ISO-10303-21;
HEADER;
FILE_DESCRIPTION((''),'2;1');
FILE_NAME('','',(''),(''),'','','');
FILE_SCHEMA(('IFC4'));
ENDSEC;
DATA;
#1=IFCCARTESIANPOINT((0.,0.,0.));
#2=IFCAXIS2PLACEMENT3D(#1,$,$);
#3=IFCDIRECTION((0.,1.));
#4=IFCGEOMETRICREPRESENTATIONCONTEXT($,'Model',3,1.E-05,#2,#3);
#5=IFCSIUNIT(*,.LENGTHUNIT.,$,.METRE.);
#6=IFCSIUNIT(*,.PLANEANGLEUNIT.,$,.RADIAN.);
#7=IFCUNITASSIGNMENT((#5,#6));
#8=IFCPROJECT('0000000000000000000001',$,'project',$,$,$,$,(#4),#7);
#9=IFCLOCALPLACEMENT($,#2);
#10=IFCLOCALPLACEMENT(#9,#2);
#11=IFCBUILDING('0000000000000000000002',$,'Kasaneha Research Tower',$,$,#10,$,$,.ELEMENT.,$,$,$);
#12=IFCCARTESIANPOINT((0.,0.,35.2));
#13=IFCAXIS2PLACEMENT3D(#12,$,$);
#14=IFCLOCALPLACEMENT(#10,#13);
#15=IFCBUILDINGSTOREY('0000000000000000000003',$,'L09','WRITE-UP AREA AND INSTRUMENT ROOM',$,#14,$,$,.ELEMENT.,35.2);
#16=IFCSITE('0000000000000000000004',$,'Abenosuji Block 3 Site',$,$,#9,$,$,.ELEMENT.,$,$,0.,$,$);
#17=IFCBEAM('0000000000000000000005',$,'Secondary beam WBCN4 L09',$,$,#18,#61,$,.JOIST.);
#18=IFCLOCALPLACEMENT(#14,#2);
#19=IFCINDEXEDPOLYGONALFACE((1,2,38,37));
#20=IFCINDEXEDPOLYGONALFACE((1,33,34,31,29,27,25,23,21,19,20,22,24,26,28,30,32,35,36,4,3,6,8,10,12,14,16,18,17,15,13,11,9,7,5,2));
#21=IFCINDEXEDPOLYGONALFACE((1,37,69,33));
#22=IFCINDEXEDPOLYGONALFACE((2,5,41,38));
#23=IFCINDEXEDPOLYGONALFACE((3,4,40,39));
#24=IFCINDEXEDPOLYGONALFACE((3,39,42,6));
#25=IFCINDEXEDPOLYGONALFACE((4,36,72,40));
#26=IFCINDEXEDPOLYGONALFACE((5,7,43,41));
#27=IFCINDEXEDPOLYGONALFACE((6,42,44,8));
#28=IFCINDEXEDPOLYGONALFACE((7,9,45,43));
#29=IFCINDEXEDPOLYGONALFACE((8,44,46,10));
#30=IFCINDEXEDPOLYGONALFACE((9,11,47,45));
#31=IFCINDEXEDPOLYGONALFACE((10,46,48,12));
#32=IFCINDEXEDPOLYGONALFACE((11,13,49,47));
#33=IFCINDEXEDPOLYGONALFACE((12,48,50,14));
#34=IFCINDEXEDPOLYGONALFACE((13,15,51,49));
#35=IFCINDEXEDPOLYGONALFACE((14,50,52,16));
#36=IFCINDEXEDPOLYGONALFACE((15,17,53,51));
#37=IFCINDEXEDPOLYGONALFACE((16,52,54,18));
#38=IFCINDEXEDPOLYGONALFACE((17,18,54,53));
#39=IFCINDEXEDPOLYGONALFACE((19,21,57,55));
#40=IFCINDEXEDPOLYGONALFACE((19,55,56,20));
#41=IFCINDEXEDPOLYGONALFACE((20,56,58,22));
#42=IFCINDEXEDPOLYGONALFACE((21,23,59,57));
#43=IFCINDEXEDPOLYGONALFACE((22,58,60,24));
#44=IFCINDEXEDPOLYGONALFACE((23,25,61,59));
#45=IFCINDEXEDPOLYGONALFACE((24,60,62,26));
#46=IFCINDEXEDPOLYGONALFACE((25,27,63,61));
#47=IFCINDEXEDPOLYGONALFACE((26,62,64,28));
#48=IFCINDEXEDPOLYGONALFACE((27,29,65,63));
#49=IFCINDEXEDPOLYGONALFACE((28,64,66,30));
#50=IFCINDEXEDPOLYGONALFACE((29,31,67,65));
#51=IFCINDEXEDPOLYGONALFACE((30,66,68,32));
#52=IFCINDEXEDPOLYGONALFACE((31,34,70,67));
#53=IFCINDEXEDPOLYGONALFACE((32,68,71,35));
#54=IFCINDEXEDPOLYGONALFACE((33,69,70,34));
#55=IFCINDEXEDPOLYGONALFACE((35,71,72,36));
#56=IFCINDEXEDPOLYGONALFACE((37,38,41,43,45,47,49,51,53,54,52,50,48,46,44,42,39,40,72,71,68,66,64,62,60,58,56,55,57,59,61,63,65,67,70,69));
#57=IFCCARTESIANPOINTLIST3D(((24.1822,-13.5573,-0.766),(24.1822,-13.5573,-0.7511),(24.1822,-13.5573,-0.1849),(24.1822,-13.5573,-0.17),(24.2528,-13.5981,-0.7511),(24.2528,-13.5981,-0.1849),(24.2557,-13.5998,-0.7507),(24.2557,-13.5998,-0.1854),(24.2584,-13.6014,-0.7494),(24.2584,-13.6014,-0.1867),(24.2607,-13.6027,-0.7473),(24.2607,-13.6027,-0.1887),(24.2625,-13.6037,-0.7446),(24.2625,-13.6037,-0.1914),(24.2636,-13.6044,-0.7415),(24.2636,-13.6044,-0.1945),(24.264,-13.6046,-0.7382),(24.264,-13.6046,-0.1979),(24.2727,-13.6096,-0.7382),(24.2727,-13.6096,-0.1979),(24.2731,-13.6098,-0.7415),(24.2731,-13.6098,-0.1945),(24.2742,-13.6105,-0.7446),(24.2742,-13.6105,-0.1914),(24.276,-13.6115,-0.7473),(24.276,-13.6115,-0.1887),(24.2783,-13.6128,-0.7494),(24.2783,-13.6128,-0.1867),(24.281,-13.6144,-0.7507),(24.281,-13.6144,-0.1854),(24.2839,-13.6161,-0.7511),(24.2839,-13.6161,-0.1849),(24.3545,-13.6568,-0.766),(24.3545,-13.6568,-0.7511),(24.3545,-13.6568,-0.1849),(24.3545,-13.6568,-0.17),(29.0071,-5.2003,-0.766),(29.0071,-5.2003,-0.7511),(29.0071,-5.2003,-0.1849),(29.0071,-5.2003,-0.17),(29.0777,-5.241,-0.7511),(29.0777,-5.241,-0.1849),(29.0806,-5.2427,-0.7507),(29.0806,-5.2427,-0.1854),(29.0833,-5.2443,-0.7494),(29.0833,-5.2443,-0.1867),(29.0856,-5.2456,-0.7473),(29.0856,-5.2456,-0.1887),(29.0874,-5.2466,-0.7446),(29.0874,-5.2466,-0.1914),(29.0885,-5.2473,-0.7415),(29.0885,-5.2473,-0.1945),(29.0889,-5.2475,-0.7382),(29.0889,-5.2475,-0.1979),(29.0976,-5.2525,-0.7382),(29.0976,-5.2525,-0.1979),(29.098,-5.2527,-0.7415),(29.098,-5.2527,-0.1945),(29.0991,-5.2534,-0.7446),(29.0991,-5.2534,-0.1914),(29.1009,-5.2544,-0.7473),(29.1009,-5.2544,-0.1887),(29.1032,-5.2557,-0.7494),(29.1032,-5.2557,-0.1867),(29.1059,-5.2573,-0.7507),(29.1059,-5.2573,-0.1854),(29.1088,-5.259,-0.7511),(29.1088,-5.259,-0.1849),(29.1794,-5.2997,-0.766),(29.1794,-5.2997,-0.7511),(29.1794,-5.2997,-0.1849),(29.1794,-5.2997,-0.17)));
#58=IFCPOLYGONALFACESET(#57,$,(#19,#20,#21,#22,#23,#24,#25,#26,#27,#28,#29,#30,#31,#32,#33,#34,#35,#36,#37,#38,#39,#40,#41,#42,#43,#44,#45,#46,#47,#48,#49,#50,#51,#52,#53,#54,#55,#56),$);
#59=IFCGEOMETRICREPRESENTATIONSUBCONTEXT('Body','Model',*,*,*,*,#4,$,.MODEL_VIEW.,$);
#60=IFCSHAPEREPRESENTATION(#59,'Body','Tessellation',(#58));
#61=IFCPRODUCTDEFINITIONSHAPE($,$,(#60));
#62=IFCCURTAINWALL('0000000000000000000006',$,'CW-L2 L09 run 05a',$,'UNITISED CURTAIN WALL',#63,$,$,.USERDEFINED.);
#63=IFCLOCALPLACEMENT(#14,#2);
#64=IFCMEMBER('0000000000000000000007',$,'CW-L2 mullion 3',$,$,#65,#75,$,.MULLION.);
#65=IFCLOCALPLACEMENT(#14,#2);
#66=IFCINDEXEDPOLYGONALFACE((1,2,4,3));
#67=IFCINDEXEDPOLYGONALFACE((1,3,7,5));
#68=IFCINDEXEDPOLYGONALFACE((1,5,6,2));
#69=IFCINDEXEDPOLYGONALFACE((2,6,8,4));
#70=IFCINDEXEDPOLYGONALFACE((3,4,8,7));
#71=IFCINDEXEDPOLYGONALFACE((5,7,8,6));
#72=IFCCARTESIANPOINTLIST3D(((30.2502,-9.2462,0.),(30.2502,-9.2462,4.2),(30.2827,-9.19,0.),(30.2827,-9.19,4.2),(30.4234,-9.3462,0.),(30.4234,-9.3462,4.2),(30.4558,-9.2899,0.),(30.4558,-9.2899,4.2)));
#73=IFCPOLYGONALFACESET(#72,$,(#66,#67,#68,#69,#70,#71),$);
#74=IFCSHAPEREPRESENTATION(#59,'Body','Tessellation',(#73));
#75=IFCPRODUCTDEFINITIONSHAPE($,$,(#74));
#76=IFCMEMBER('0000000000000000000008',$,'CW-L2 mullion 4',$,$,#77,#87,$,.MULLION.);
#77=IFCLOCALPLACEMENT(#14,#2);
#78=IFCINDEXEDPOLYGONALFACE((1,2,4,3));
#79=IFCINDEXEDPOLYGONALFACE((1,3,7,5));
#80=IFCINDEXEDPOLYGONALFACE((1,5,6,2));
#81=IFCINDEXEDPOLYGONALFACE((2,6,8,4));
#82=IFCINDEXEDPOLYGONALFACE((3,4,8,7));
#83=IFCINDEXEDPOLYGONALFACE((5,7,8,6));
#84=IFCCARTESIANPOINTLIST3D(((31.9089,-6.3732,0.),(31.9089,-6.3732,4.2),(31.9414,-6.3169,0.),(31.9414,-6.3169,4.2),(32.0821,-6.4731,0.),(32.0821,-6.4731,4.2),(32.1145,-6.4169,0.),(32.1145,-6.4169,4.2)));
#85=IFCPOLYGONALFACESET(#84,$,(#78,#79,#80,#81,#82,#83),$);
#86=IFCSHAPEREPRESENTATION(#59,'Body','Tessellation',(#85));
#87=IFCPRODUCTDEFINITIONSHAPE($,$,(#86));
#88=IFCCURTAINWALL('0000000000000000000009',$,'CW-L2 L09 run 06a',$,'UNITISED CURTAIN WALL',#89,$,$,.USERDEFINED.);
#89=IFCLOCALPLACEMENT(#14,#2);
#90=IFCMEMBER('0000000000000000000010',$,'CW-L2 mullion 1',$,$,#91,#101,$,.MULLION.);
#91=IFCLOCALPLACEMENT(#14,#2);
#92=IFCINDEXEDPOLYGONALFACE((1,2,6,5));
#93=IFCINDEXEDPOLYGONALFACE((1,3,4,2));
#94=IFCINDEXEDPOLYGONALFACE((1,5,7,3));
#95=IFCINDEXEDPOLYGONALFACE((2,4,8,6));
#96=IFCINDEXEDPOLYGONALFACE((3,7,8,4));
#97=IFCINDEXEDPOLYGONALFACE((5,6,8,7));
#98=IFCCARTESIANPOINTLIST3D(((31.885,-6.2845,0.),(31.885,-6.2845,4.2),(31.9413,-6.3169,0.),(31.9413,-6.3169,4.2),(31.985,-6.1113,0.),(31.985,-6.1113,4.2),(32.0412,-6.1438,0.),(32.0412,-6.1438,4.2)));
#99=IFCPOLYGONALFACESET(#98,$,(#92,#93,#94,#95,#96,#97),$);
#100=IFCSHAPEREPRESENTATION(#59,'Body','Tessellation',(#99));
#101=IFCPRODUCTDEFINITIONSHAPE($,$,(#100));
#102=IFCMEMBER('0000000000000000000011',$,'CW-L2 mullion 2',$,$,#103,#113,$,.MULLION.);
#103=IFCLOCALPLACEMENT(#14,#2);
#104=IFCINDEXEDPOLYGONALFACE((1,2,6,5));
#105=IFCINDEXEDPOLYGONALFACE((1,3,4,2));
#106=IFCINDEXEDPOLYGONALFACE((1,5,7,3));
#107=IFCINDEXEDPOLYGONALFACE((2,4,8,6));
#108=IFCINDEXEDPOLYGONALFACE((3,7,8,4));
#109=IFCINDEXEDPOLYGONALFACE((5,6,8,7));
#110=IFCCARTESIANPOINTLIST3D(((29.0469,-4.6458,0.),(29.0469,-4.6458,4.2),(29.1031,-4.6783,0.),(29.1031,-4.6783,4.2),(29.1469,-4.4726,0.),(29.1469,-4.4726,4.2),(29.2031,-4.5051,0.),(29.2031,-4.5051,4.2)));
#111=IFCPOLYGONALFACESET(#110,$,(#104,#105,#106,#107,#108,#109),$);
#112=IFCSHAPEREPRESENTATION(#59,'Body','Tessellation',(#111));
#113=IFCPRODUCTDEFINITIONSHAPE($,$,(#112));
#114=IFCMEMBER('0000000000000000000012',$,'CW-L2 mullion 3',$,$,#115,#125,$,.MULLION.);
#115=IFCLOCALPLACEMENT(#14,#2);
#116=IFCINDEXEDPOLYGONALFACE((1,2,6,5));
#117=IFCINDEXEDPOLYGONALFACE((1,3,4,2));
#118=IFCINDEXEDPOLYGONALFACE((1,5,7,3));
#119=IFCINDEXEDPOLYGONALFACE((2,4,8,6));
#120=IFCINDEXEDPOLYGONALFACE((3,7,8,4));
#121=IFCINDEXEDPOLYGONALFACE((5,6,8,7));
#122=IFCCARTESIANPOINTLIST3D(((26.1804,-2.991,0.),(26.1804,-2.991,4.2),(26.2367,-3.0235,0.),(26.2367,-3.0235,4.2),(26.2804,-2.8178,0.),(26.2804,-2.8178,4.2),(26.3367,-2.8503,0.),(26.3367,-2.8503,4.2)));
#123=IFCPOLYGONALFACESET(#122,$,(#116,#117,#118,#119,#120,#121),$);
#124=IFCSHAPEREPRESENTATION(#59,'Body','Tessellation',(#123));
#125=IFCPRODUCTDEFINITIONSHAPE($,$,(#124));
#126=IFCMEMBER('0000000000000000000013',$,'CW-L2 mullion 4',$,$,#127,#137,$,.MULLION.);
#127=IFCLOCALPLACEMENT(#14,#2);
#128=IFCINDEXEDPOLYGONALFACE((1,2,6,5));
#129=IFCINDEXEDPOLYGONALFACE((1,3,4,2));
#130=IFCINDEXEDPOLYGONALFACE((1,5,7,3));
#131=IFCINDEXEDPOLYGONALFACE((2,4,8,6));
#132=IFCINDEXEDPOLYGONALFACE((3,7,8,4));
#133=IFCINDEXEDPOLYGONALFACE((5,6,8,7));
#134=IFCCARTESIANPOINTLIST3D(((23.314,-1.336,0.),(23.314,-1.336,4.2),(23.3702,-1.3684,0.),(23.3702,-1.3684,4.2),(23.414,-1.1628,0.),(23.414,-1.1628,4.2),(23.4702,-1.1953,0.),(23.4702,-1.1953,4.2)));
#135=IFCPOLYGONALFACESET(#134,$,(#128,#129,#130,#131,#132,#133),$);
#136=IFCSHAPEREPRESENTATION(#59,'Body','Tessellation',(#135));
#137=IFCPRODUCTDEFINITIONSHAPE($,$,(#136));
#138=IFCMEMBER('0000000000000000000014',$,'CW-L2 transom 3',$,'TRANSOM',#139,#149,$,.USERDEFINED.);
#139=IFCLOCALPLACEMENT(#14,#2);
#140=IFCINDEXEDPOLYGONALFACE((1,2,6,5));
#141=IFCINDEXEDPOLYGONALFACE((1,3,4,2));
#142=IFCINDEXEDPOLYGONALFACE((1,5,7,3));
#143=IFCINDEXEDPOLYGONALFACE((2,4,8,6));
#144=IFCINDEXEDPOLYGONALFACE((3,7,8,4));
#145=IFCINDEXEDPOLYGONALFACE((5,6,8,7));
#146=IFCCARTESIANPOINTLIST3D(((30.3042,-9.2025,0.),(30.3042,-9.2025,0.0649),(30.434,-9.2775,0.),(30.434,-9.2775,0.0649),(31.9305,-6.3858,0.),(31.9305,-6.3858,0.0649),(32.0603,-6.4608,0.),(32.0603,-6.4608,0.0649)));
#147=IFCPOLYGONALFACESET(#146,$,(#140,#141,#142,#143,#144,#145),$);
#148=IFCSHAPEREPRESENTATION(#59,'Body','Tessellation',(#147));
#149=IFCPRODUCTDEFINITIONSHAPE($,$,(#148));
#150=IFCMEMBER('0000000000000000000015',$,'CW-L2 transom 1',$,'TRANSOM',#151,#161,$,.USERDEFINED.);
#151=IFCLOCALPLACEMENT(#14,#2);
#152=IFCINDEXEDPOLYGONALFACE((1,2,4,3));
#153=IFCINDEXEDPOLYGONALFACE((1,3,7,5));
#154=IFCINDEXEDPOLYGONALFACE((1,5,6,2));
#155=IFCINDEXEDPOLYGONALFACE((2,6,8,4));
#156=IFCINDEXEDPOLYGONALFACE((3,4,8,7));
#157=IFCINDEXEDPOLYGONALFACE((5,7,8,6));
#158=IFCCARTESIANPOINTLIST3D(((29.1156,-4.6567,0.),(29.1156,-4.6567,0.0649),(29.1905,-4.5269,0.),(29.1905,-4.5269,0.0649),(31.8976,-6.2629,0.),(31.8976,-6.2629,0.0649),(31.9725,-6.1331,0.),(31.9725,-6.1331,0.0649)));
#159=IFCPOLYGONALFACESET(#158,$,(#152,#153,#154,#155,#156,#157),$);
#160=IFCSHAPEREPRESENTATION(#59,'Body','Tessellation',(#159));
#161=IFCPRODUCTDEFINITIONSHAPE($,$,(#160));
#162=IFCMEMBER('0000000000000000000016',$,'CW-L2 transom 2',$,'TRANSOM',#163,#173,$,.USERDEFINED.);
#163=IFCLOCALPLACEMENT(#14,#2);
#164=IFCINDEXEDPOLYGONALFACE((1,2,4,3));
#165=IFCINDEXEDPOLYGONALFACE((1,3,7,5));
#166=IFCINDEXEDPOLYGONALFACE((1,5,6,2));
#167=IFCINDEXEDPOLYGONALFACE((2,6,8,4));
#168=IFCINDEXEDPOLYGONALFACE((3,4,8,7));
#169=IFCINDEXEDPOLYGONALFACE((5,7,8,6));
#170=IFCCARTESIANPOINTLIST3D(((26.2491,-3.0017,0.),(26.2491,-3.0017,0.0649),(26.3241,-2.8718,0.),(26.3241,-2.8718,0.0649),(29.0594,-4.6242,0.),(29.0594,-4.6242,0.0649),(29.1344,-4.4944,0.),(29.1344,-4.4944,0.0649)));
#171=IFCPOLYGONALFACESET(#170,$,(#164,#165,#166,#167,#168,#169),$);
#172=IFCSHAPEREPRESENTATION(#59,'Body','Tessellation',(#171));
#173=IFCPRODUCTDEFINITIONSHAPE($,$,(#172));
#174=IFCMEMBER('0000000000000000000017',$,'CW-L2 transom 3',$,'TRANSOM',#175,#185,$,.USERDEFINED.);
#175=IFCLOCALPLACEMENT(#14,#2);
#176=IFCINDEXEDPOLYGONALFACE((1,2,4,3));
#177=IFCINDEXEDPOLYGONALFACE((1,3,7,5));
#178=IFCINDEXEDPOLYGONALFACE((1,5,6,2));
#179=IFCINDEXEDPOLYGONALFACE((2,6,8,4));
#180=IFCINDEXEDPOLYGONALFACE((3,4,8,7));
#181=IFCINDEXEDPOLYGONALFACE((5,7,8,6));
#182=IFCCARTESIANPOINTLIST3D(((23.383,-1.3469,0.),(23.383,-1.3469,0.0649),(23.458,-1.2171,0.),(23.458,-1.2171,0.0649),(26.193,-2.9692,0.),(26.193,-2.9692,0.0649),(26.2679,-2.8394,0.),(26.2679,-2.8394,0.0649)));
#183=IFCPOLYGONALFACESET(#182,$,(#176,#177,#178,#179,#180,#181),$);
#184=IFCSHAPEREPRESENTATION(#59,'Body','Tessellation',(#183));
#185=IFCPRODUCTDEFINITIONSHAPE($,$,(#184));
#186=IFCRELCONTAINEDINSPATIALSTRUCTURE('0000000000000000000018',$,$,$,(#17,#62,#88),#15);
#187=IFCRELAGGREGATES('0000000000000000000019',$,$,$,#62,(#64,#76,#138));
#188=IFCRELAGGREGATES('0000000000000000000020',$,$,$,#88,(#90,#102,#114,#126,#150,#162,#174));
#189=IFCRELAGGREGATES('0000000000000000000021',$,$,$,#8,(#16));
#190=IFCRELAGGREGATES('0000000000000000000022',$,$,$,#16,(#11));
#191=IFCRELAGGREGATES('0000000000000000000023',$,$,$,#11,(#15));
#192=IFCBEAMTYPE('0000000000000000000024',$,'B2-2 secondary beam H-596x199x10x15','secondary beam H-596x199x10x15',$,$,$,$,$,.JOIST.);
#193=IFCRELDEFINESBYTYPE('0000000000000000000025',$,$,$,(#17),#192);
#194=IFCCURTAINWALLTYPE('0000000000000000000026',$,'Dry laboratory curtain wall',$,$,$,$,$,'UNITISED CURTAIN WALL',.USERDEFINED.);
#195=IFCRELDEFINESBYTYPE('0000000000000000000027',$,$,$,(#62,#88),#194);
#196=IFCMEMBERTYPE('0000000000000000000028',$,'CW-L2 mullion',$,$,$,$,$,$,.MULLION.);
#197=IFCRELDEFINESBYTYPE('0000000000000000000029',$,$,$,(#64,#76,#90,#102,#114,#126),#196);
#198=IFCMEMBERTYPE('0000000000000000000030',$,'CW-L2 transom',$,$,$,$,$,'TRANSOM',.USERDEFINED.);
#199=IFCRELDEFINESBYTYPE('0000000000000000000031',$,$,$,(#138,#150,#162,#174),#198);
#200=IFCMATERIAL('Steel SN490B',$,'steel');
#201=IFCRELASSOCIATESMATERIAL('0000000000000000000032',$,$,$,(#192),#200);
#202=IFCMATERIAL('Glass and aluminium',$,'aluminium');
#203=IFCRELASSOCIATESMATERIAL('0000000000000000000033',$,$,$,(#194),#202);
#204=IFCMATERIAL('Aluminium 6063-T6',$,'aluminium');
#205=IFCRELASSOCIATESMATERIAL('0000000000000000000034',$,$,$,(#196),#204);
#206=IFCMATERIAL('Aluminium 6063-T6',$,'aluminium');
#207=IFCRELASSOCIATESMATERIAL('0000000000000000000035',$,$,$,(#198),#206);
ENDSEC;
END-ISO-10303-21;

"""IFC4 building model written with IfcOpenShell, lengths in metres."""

from ifc_helpers import new_model, si_unit, direction, frame, origin, origin_2d, place, context, subcontext, project, spatial, rectangle, i_section, extrude, material, material_profile, profile_set, type_object, element, aggregate, save


model = new_model("IFC4")

# Units and contexts
model_context = context("Model", 3, precision=1e-05, world=origin(), true_north=direction((0.0, 1.0)))
body_context = subcontext(model_context, "Body", "Model", "MODEL_VIEW")
ifc_project = project(units=[si_unit("LENGTHUNIT", "METRE"), si_unit("PLANEANGLEUNIT", "RADIAN")], contexts=[model_context])

# Site, building, storey
site_placement = place(None, origin())
site = spatial("IfcSite", under=ifc_project, at=site_placement, Name="Abenosuji Block 3 Site", CompositionType="ELEMENT", RefElevation=0.0)
building_placement = place(site_placement, origin())
building = spatial("IfcBuilding", under=site, at=building_placement, Name="Kasaneha Research Tower", CompositionType="ELEMENT")
storey_placement = place(building_placement, frame((0.0, 0.0, 35.2)))
storey = spatial("IfcBuildingStorey", under=building, at=storey_placement, Name="L09", Description="WRITE-UP AREA AND INSTRUMENT ROOM", CompositionType="ELEMENT", Elevation=35.2)

# Beam
ifc_material_1 = material(Name="Steel SN490B", Category="steel")
ifc_material_profile_1 = material_profile(ifc_material_1, i_section(OverallWidth=0.199, OverallDepth=0.5959, WebThickness=0.01, FlangeThickness=0.0149, FilletRadius=0.0129, at=origin_2d()), Name="H-596x199x10x15")
ifc_profile_set_1 = profile_set([ifc_material_profile_1], Name="Steel SN490B")
beam_type_1 = type_object("IfcBeamType", Name="B2-2 secondary beam H-596x199x10x15", Description="secondary beam H-596x199x10x15", PredefinedType="JOIST", material=ifc_profile_set_1)
for number, where, z_axis, x_axis, name in (
    (1, (29.0933, -5.25, -0.468), (-0.499995, -0.866028, 0.0), (0.866028, -0.499995, 0.0), "Secondary beam WBCN4 L09"),
):
    element("IfcBeam", number, at=place(storey_placement, frame(where, z_axis=z_axis, x_axis=x_axis)), inside=storey, type_object=beam_type_1, Name=name, PredefinedType="JOIST", context=body_context, shape_type="SweptSolid", body=[
        extrude(i_section(OverallWidth=0.199, OverallDepth=0.5959, WebThickness=0.01, FlangeThickness=0.0149, FilletRadius=0.0129, at=origin_2d()), origin(), (0.0, 0.0, 1.0), 9.6499),
    ])

# Curtain walls, members
ifc_material_2 = material(Name="Glass and aluminium", Category="aluminium")
curtain_wall_type = type_object("IfcCurtainWallType", Name="Dry laboratory curtain wall", ElementType="UNITISED CURTAIN WALL", PredefinedType="USERDEFINED", material=ifc_material_2)
curtain_wall_1_placement = place(storey_placement, origin())
curtain_wall_1 = element("IfcCurtainWall", 2, at=curtain_wall_1_placement, inside=storey, type_object=curtain_wall_type, Name="CW-L2 L09 run 05a", ObjectType="UNITISED CURTAIN WALL", PredefinedType="USERDEFINED")
ifc_material_3 = material(Name="Aluminium 6063-T6", Category="aluminium")
ifc_material_profile_2 = material_profile(ifc_material_3, rectangle(XDim=0.0649, YDim=0.2, at=origin_2d()), Name="CW-L2 mullion 65x200")
ifc_profile_set_2 = profile_set([ifc_material_profile_2], Name="Aluminium 6063-T6")
member_type_1 = type_object("IfcMemberType", Name="CW-L2 mullion", PredefinedType="MULLION", material=ifc_profile_set_2)
member_1_placement = place(storey_placement, frame((30.353, -9.2681, 0.0), z_axis=(0.0, 0.0, 1.0), x_axis=(0.5, 0.866025, 0.0)))
member_1 = element("IfcMember", 3, at=member_1_placement, type_object=member_type_1, Name="CW-L2 mullion 3", PredefinedType="MULLION", context=body_context, shape_type="SweptSolid", body=[
    extrude(rectangle(XDim=0.0649, YDim=0.2, at=origin_2d()), origin(), (0.0, 0.0, 1.0), 4.2),
])
member_2_placement = place(storey_placement, frame((32.0117, -6.395, 0.0), z_axis=(0.0, 0.0, 1.0), x_axis=(0.5, 0.866025, 0.0)))
member_2 = element("IfcMember", 4, at=member_2_placement, type_object=member_type_1, Name="CW-L2 mullion 4", PredefinedType="MULLION", context=body_context, shape_type="SweptSolid", body=[
    extrude(rectangle(XDim=0.0649, YDim=0.2, at=origin_2d()), origin(), (0.0, 0.0, 1.0), 4.2),
])
curtain_wall_2_placement = place(storey_placement, origin())
curtain_wall_2 = element("IfcCurtainWall", 5, at=curtain_wall_2_placement, inside=storey, type_object=curtain_wall_type, Name="CW-L2 L09 run 06a", ObjectType="UNITISED CURTAIN WALL", PredefinedType="USERDEFINED")
member_3_placement = place(storey_placement, frame((31.9631, -6.2141, 0.0), z_axis=(0.0, 0.0, 1.0), x_axis=(-0.866025, 0.5, 0.0)))
member_3 = element("IfcMember", 6, at=member_3_placement, type_object=member_type_1, Name="CW-L2 mullion 1", PredefinedType="MULLION", context=body_context, shape_type="SweptSolid", body=[
    extrude(rectangle(XDim=0.0649, YDim=0.2, at=origin_2d()), origin(), (0.0, 0.0, 1.0), 4.2),
])
member_4_placement = place(storey_placement, frame((29.125, -4.5754, 0.0), z_axis=(0.0, 0.0, 1.0), x_axis=(-0.866025, 0.5, 0.0)))
member_4 = element("IfcMember", 7, at=member_4_placement, type_object=member_type_1, Name="CW-L2 mullion 2", PredefinedType="MULLION", context=body_context, shape_type="SweptSolid", body=[
    extrude(rectangle(XDim=0.0649, YDim=0.2, at=origin_2d()), origin(), (0.0, 0.0, 1.0), 4.2),
])
member_5_placement = place(storey_placement, frame((26.2585, -2.9207, 0.0), z_axis=(0.0, 0.0, 1.0), x_axis=(-0.866025, 0.5, 0.0)))
member_5 = element("IfcMember", 8, at=member_5_placement, type_object=member_type_1, Name="CW-L2 mullion 3", PredefinedType="MULLION", context=body_context, shape_type="SweptSolid", body=[
    extrude(rectangle(XDim=0.0649, YDim=0.2, at=origin_2d()), origin(), (0.0, 0.0, 1.0), 4.2),
])
member_6_placement = place(storey_placement, frame((23.3921, -1.2656, 0.0), z_axis=(0.0, 0.0, 1.0), x_axis=(-0.866025, 0.5, 0.0)))
member_6 = element("IfcMember", 9, at=member_6_placement, type_object=member_type_1, Name="CW-L2 mullion 4", PredefinedType="MULLION", context=body_context, shape_type="SweptSolid", body=[
    extrude(rectangle(XDim=0.0649, YDim=0.2, at=origin_2d()), origin(), (0.0, 0.0, 1.0), 4.2),
])

# Members
ifc_material_4 = material(Name="Aluminium 6063-T6", Category="aluminium")
ifc_material_profile_3 = material_profile(ifc_material_4, rectangle(XDim=0.1499, YDim=0.0649, at=origin_2d()), Name="CW-L2 transom 150x65")
ifc_profile_set_3 = profile_set([ifc_material_profile_3], Name="Aluminium 6063-T6")
member_type_2 = type_object("IfcMemberType", Name="CW-L2 transom", ElementType="TRANSOM", PredefinedType="USERDEFINED", material=ifc_profile_set_3)
member_7_placement = place(storey_placement, frame((30.3691, -9.24, 0.0325), z_axis=(0.500006, 0.866022, 0.0), x_axis=(-0.866022, 0.500006, 0.0)))
member_7 = element("IfcMember", 10, at=member_7_placement, type_object=member_type_2, Name="CW-L2 transom 3", ObjectType="TRANSOM", PredefinedType="USERDEFINED", context=body_context, shape_type="SweptSolid", body=[
    extrude(rectangle(XDim=0.1499, YDim=0.0649, at=origin_2d()), origin(), (0.0, 0.0, 1.0), 3.2524),
])
member_8_placement = place(storey_placement, frame((31.9351, -6.198, 0.0325), z_axis=(-0.866022, 0.500005, 0.0), x_axis=(-0.500005, -0.866022, 0.0)))
member_8 = element("IfcMember", 11, at=member_8_placement, type_object=member_type_2, Name="CW-L2 transom 1", ObjectType="TRANSOM", PredefinedType="USERDEFINED", context=body_context, shape_type="SweptSolid", body=[
    extrude(rectangle(XDim=0.1499, YDim=0.0649, at=origin_2d()), origin(), (0.0, 0.0, 1.0), 3.2124),
])
member_9_placement = place(storey_placement, frame((29.0969, -4.5593, 0.0325), z_axis=(-0.866021, 0.500007, 0.0), x_axis=(-0.500007, -0.866021, 0.0)))
member_9 = element("IfcMember", 12, at=member_9_placement, type_object=member_type_2, Name="CW-L2 transom 2", ObjectType="TRANSOM", PredefinedType="USERDEFINED", context=body_context, shape_type="SweptSolid", body=[
    extrude(rectangle(XDim=0.1499, YDim=0.0649, at=origin_2d()), origin(), (0.0, 0.0, 1.0), 3.2451),
])
member_10_placement = place(storey_placement, frame((26.2305, -2.9043, 0.0325), z_axis=(-0.866035, 0.499983, 0.0), x_axis=(-0.499983, -0.866035, 0.0)))
member_10 = element("IfcMember", 13, at=member_10_placement, type_object=member_type_2, Name="CW-L2 transom 3", ObjectType="TRANSOM", PredefinedType="USERDEFINED", context=body_context, shape_type="SweptSolid", body=[
    extrude(rectangle(XDim=0.1499, YDim=0.0649, at=origin_2d()), origin(), (0.0, 0.0, 1.0), 3.2446),
])

aggregate(curtain_wall_1, [member_1, member_2, member_7])
aggregate(curtain_wall_2, [member_3, member_4, member_5, member_6, member_8, member_9, member_10])

save(model, "model.ifc")
